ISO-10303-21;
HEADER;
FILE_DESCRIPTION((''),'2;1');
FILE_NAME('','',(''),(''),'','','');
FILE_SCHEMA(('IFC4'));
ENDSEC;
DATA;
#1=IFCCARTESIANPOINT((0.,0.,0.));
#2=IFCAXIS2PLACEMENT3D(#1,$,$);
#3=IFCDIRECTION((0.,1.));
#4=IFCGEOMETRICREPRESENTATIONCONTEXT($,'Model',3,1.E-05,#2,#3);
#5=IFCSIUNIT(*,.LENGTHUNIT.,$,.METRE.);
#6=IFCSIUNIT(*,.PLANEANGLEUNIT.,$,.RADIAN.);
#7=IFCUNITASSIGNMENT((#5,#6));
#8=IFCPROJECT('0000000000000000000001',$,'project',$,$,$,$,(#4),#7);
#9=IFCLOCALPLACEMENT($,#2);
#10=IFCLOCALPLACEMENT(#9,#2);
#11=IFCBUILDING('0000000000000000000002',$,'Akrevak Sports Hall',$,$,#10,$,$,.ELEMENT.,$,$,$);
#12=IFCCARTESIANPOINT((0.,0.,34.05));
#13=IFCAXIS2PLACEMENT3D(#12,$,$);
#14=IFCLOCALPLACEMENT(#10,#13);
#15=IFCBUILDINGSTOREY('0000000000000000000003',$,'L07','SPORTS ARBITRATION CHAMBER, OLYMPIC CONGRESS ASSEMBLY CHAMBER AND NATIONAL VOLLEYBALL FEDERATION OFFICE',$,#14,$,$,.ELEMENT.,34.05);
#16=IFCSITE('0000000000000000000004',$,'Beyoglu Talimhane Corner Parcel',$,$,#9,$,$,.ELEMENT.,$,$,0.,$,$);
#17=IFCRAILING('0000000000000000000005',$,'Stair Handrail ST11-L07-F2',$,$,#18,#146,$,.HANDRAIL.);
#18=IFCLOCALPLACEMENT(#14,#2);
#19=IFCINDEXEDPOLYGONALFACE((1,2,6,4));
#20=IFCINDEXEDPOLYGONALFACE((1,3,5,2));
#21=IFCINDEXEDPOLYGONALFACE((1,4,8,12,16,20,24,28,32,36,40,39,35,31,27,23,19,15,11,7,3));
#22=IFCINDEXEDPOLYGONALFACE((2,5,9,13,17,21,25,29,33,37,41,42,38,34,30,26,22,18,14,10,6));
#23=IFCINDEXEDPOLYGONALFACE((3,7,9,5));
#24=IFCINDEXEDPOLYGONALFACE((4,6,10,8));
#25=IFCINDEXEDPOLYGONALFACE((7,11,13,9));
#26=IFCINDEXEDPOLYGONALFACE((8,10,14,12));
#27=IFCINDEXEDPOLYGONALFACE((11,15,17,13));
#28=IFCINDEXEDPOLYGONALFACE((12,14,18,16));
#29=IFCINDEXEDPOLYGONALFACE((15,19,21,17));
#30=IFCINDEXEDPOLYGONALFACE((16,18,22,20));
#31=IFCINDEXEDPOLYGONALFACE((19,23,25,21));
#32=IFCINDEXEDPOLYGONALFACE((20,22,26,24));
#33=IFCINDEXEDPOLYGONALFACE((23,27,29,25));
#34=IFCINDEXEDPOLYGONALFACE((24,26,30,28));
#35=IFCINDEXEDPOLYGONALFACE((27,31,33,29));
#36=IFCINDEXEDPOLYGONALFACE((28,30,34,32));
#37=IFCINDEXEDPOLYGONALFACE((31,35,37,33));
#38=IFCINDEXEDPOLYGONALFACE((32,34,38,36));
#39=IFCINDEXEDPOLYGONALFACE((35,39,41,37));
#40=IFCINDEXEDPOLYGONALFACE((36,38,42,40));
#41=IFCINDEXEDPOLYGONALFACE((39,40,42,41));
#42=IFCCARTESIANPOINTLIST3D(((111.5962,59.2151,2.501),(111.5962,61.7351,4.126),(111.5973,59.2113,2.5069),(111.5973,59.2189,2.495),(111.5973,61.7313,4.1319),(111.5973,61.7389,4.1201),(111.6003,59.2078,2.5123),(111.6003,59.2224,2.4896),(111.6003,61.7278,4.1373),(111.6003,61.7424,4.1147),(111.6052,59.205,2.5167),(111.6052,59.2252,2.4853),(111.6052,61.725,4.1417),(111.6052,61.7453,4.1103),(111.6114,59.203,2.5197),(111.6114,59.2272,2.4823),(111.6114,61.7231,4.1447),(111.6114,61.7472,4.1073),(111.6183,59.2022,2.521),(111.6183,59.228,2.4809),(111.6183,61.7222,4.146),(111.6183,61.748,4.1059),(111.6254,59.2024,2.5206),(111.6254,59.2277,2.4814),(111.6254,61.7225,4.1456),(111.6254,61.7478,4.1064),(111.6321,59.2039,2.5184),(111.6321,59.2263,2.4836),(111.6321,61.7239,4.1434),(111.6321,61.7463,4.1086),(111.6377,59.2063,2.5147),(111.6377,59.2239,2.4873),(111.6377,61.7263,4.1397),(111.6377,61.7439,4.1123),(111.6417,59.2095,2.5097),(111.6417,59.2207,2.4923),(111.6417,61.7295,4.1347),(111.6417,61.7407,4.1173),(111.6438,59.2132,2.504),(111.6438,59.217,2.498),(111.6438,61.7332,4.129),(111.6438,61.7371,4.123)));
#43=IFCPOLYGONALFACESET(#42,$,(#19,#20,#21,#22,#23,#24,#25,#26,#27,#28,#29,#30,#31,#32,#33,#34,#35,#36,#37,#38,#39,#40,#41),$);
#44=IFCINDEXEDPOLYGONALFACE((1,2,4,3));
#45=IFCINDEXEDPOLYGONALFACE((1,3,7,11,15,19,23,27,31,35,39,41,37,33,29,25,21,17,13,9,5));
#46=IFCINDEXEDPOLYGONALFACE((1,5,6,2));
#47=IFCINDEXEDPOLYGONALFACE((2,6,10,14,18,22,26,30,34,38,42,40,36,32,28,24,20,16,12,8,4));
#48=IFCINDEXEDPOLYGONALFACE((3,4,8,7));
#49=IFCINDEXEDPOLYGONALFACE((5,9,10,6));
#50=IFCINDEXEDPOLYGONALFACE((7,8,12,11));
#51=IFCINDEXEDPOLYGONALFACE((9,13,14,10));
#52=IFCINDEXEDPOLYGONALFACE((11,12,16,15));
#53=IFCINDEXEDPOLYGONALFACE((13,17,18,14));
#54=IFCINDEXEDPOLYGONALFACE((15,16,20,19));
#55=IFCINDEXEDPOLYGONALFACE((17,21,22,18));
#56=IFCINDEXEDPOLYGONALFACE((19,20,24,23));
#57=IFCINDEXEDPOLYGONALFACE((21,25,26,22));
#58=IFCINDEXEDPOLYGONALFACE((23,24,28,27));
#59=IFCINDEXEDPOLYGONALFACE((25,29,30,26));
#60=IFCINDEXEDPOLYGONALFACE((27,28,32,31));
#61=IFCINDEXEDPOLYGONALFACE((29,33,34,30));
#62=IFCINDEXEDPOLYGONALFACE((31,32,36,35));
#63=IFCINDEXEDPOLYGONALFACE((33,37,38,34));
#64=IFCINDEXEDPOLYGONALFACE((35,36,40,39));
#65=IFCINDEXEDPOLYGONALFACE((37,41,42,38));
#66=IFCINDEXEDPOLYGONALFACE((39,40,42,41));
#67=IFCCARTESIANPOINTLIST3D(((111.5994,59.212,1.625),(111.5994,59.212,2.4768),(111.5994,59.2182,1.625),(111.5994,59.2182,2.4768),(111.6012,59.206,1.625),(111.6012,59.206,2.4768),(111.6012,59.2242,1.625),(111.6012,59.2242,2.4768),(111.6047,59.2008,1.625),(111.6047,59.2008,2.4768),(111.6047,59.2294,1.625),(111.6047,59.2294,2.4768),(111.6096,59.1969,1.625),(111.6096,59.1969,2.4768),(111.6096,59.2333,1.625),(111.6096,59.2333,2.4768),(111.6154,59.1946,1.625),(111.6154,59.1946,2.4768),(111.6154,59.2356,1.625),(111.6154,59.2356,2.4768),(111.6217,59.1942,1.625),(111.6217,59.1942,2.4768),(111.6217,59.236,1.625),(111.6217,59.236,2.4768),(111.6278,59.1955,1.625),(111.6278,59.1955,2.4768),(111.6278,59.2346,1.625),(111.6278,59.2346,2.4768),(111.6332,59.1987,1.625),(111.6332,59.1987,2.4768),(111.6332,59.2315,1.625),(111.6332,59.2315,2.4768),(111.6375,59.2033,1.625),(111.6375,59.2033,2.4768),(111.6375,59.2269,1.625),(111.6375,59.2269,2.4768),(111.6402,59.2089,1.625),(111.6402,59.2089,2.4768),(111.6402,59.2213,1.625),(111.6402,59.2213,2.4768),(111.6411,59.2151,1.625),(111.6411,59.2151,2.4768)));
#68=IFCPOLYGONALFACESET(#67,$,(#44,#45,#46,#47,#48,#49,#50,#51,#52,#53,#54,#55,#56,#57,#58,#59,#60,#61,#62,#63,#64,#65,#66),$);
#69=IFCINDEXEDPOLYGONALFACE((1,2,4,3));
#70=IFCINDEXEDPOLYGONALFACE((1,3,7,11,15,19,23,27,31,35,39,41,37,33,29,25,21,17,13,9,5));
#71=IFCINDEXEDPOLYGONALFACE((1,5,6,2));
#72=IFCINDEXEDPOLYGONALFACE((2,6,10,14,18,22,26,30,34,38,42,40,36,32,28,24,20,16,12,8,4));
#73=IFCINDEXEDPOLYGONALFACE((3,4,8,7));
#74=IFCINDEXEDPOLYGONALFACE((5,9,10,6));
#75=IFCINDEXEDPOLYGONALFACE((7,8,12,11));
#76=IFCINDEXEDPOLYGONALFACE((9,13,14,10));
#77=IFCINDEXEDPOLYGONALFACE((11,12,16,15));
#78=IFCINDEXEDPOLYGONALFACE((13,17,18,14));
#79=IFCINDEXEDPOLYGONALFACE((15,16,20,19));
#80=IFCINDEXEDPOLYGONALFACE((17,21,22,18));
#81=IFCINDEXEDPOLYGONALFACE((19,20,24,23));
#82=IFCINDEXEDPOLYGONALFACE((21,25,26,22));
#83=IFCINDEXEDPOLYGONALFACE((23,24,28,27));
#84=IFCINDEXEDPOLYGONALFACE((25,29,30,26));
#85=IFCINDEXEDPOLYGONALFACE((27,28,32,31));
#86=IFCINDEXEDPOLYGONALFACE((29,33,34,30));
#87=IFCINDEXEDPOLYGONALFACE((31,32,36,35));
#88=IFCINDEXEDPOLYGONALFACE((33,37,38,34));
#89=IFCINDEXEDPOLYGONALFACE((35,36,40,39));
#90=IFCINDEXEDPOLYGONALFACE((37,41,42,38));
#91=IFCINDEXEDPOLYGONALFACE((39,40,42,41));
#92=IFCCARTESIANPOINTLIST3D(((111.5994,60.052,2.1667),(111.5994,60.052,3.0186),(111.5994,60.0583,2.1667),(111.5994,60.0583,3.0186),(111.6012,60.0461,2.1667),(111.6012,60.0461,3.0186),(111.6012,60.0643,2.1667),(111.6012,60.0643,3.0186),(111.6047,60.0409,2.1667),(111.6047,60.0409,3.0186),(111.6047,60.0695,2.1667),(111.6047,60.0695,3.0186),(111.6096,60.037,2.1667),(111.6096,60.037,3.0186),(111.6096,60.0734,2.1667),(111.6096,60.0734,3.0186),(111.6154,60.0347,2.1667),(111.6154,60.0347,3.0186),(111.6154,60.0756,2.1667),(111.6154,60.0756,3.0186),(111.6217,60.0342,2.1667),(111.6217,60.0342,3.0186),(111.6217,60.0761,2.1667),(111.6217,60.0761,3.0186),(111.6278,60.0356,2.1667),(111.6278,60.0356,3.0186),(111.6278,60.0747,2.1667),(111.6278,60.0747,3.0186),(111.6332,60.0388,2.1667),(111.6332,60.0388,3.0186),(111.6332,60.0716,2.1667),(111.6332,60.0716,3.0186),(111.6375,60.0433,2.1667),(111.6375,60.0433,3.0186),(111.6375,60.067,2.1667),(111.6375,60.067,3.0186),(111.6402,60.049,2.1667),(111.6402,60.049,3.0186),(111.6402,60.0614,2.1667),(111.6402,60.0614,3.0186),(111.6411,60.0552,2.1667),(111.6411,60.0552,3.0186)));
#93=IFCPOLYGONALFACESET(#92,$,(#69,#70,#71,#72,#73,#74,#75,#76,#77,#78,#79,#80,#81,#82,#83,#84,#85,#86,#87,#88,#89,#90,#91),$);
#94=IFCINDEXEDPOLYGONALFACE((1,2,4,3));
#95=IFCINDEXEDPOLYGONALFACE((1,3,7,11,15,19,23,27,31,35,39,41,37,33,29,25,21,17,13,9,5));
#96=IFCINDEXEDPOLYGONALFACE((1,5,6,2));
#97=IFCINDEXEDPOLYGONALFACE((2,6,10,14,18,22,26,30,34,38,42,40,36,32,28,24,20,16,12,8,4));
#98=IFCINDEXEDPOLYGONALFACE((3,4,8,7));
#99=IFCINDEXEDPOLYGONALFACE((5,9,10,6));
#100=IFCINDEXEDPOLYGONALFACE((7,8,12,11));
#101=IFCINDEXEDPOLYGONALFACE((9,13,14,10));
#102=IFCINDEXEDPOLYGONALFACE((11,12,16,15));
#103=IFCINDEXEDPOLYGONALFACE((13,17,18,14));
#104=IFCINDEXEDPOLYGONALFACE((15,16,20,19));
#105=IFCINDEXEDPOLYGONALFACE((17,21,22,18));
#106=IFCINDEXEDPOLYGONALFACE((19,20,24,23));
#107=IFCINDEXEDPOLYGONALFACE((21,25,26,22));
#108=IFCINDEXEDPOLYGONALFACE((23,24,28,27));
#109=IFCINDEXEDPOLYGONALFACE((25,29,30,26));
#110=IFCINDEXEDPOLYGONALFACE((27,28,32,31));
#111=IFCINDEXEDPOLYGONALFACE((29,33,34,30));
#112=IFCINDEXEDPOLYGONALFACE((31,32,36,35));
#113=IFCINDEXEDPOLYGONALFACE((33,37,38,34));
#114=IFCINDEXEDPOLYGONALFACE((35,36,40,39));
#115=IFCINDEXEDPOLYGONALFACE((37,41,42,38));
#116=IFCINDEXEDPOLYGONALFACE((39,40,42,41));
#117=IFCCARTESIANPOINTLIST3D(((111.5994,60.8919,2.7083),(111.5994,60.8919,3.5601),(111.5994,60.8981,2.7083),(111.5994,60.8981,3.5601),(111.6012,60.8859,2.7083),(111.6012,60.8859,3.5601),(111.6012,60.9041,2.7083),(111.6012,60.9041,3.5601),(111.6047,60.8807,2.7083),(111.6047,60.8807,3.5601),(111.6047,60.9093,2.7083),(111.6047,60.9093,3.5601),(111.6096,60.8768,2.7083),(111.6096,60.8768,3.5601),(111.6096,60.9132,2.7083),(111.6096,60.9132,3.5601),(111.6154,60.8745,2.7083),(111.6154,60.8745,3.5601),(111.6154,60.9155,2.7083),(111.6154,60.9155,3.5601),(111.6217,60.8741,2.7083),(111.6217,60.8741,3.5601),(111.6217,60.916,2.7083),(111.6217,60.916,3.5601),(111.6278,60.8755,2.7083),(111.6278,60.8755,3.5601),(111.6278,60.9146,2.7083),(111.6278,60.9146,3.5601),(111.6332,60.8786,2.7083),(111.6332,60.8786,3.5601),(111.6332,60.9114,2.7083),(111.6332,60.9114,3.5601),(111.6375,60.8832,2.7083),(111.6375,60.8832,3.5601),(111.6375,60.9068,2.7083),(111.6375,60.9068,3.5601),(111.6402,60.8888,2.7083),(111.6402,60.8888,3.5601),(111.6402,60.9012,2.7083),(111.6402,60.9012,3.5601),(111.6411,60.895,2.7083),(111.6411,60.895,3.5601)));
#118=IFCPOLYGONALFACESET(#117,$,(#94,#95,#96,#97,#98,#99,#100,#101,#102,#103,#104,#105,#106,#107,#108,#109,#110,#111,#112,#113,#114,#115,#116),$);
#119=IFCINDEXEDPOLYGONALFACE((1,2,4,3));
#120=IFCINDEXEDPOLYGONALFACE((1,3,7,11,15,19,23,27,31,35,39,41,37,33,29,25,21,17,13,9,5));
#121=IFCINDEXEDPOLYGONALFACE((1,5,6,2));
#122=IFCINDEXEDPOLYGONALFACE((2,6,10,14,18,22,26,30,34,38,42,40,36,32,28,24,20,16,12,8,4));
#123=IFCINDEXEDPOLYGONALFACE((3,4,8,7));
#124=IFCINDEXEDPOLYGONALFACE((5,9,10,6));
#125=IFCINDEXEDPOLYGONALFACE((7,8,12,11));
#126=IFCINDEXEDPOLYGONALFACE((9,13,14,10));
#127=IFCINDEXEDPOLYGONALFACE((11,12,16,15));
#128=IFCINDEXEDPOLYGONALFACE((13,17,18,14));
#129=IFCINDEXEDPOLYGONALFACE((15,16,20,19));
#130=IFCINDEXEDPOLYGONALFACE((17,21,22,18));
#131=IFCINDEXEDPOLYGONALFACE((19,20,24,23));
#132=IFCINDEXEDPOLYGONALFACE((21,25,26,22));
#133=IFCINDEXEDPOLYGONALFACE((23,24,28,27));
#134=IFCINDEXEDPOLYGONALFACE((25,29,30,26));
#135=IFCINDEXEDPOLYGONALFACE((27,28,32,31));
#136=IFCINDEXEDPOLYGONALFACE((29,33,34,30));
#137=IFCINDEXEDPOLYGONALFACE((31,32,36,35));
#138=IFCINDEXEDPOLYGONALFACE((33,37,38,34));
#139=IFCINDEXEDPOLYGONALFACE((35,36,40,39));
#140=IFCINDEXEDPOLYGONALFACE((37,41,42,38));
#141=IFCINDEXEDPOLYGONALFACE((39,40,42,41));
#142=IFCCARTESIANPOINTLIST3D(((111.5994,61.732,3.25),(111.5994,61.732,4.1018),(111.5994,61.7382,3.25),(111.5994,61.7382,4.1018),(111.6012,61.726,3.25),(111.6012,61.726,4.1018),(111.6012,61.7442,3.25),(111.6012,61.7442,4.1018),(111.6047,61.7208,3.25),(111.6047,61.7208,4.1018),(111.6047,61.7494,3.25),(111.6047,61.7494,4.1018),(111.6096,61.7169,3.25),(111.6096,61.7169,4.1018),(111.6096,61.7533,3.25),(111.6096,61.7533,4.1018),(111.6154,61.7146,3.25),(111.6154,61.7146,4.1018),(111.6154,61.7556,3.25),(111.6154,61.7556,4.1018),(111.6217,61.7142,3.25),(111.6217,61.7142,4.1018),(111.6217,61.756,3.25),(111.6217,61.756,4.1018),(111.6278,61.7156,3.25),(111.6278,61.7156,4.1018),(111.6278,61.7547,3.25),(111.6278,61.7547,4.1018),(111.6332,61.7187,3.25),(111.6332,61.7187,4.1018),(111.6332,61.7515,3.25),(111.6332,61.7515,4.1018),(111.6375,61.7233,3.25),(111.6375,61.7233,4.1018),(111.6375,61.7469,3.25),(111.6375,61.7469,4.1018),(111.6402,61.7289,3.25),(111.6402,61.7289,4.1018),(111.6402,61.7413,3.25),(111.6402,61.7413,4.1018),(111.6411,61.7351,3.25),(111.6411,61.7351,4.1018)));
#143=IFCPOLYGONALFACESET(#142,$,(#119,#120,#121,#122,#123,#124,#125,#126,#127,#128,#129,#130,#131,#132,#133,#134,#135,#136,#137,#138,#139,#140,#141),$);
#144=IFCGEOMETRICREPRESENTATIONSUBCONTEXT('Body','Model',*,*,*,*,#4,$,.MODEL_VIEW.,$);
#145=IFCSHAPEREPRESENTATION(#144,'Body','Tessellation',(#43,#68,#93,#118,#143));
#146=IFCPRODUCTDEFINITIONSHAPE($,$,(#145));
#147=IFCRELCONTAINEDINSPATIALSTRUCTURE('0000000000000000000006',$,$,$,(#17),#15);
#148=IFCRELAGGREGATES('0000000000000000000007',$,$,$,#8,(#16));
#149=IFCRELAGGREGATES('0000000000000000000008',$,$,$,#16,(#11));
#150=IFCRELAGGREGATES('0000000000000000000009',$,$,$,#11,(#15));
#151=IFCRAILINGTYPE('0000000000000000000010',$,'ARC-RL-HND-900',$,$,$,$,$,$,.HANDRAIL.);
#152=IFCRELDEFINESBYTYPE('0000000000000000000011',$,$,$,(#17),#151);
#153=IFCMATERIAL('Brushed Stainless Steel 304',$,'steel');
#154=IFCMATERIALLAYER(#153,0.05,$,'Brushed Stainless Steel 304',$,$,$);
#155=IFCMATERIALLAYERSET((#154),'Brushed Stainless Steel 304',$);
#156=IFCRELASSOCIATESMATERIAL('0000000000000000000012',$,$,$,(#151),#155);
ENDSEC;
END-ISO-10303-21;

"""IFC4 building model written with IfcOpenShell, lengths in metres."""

from ifc_helpers import new_model, si_unit, direction, frame, origin, origin_2d, place, context, subcontext, project, spatial, circle, extrude, material, layer, layer_set, type_object, element, save


model = new_model("IFC4")

# Units and contexts
model_context = context("Model", 3, precision=1e-05, world=origin(), true_north=direction((0.0, 1.0)))
body_context = subcontext(model_context, "Body", "Model", "MODEL_VIEW")
ifc_project = project(units=[si_unit("LENGTHUNIT", "METRE"), si_unit("PLANEANGLEUNIT", "RADIAN")], contexts=[model_context])

# Site, building, storey
site_placement = place(None, origin())
site = spatial("IfcSite", under=ifc_project, at=site_placement, Name="Beyoglu Talimhane Corner Parcel", CompositionType="ELEMENT", RefElevation=0.0)
building_placement = place(site_placement, origin())
building = spatial("IfcBuilding", under=site, at=building_placement, Name="Akrevak Sports Hall", CompositionType="ELEMENT")
storey_placement = place(building_placement, frame((0.0, 0.0, 34.05)))
storey = spatial("IfcBuildingStorey", under=building, at=storey_placement, Name="L07", Description="SPORTS ARBITRATION CHAMBER, OLYMPIC CONGRESS ASSEMBLY CHAMBER AND NATIONAL VOLLEYBALL FEDERATION OFFICE", CompositionType="ELEMENT", Elevation=34.05)

# Railing
ifc_material_1 = material(Name="Brushed Stainless Steel 304", Category="steel")
ifc_layer_1 = layer(ifc_material_1, 0.05, Name="Brushed Stainless Steel 304")
ifc_layer_set_1 = layer_set([ifc_layer_1], Name="Brushed Stainless Steel 304")
railing_type_1 = type_object("IfcRailingType", Name="ARC-RL-HND-900", PredefinedType="HANDRAIL", material=ifc_layer_set_1)
railing_1_placement = place(storey_placement, frame((111.6201, 59.2151, 1.625)))
element("IfcRailing", 1, at=railing_1_placement, inside=storey, type_object=railing_type_1, Name="Stair Handrail ST11-L07-F2", PredefinedType="HANDRAIL", context=body_context, shape_type="SweptSolid", body=[
    extrude(circle(Radius=0.0239, at=origin_2d()), frame((0.0, 0.0, 0.876), z_axis=(0.0, 0.840421, 0.541934), x_axis=(-1.0, 0.0, 0.0)), (0.0, 0.0, 1.0), 2.9985),
    extrude(circle(Radius=0.021, at=origin_2d()), origin(), (0.0, 0.0, 1.0), 0.8518),
    extrude(circle(Radius=0.021, at=origin_2d()), frame((0.0, 0.8401, 0.5417)), (0.0, 0.0, 1.0), 0.8518),
    extrude(circle(Radius=0.021, at=origin_2d()), frame((0.0, 1.6799, 1.0833)), (0.0, 0.0, 1.0), 0.8518),
    extrude(circle(Radius=0.021, at=origin_2d()), frame((0.0, 2.52, 1.625)), (0.0, 0.0, 1.0), 0.8518),
])

save(model, "model.ifc")
